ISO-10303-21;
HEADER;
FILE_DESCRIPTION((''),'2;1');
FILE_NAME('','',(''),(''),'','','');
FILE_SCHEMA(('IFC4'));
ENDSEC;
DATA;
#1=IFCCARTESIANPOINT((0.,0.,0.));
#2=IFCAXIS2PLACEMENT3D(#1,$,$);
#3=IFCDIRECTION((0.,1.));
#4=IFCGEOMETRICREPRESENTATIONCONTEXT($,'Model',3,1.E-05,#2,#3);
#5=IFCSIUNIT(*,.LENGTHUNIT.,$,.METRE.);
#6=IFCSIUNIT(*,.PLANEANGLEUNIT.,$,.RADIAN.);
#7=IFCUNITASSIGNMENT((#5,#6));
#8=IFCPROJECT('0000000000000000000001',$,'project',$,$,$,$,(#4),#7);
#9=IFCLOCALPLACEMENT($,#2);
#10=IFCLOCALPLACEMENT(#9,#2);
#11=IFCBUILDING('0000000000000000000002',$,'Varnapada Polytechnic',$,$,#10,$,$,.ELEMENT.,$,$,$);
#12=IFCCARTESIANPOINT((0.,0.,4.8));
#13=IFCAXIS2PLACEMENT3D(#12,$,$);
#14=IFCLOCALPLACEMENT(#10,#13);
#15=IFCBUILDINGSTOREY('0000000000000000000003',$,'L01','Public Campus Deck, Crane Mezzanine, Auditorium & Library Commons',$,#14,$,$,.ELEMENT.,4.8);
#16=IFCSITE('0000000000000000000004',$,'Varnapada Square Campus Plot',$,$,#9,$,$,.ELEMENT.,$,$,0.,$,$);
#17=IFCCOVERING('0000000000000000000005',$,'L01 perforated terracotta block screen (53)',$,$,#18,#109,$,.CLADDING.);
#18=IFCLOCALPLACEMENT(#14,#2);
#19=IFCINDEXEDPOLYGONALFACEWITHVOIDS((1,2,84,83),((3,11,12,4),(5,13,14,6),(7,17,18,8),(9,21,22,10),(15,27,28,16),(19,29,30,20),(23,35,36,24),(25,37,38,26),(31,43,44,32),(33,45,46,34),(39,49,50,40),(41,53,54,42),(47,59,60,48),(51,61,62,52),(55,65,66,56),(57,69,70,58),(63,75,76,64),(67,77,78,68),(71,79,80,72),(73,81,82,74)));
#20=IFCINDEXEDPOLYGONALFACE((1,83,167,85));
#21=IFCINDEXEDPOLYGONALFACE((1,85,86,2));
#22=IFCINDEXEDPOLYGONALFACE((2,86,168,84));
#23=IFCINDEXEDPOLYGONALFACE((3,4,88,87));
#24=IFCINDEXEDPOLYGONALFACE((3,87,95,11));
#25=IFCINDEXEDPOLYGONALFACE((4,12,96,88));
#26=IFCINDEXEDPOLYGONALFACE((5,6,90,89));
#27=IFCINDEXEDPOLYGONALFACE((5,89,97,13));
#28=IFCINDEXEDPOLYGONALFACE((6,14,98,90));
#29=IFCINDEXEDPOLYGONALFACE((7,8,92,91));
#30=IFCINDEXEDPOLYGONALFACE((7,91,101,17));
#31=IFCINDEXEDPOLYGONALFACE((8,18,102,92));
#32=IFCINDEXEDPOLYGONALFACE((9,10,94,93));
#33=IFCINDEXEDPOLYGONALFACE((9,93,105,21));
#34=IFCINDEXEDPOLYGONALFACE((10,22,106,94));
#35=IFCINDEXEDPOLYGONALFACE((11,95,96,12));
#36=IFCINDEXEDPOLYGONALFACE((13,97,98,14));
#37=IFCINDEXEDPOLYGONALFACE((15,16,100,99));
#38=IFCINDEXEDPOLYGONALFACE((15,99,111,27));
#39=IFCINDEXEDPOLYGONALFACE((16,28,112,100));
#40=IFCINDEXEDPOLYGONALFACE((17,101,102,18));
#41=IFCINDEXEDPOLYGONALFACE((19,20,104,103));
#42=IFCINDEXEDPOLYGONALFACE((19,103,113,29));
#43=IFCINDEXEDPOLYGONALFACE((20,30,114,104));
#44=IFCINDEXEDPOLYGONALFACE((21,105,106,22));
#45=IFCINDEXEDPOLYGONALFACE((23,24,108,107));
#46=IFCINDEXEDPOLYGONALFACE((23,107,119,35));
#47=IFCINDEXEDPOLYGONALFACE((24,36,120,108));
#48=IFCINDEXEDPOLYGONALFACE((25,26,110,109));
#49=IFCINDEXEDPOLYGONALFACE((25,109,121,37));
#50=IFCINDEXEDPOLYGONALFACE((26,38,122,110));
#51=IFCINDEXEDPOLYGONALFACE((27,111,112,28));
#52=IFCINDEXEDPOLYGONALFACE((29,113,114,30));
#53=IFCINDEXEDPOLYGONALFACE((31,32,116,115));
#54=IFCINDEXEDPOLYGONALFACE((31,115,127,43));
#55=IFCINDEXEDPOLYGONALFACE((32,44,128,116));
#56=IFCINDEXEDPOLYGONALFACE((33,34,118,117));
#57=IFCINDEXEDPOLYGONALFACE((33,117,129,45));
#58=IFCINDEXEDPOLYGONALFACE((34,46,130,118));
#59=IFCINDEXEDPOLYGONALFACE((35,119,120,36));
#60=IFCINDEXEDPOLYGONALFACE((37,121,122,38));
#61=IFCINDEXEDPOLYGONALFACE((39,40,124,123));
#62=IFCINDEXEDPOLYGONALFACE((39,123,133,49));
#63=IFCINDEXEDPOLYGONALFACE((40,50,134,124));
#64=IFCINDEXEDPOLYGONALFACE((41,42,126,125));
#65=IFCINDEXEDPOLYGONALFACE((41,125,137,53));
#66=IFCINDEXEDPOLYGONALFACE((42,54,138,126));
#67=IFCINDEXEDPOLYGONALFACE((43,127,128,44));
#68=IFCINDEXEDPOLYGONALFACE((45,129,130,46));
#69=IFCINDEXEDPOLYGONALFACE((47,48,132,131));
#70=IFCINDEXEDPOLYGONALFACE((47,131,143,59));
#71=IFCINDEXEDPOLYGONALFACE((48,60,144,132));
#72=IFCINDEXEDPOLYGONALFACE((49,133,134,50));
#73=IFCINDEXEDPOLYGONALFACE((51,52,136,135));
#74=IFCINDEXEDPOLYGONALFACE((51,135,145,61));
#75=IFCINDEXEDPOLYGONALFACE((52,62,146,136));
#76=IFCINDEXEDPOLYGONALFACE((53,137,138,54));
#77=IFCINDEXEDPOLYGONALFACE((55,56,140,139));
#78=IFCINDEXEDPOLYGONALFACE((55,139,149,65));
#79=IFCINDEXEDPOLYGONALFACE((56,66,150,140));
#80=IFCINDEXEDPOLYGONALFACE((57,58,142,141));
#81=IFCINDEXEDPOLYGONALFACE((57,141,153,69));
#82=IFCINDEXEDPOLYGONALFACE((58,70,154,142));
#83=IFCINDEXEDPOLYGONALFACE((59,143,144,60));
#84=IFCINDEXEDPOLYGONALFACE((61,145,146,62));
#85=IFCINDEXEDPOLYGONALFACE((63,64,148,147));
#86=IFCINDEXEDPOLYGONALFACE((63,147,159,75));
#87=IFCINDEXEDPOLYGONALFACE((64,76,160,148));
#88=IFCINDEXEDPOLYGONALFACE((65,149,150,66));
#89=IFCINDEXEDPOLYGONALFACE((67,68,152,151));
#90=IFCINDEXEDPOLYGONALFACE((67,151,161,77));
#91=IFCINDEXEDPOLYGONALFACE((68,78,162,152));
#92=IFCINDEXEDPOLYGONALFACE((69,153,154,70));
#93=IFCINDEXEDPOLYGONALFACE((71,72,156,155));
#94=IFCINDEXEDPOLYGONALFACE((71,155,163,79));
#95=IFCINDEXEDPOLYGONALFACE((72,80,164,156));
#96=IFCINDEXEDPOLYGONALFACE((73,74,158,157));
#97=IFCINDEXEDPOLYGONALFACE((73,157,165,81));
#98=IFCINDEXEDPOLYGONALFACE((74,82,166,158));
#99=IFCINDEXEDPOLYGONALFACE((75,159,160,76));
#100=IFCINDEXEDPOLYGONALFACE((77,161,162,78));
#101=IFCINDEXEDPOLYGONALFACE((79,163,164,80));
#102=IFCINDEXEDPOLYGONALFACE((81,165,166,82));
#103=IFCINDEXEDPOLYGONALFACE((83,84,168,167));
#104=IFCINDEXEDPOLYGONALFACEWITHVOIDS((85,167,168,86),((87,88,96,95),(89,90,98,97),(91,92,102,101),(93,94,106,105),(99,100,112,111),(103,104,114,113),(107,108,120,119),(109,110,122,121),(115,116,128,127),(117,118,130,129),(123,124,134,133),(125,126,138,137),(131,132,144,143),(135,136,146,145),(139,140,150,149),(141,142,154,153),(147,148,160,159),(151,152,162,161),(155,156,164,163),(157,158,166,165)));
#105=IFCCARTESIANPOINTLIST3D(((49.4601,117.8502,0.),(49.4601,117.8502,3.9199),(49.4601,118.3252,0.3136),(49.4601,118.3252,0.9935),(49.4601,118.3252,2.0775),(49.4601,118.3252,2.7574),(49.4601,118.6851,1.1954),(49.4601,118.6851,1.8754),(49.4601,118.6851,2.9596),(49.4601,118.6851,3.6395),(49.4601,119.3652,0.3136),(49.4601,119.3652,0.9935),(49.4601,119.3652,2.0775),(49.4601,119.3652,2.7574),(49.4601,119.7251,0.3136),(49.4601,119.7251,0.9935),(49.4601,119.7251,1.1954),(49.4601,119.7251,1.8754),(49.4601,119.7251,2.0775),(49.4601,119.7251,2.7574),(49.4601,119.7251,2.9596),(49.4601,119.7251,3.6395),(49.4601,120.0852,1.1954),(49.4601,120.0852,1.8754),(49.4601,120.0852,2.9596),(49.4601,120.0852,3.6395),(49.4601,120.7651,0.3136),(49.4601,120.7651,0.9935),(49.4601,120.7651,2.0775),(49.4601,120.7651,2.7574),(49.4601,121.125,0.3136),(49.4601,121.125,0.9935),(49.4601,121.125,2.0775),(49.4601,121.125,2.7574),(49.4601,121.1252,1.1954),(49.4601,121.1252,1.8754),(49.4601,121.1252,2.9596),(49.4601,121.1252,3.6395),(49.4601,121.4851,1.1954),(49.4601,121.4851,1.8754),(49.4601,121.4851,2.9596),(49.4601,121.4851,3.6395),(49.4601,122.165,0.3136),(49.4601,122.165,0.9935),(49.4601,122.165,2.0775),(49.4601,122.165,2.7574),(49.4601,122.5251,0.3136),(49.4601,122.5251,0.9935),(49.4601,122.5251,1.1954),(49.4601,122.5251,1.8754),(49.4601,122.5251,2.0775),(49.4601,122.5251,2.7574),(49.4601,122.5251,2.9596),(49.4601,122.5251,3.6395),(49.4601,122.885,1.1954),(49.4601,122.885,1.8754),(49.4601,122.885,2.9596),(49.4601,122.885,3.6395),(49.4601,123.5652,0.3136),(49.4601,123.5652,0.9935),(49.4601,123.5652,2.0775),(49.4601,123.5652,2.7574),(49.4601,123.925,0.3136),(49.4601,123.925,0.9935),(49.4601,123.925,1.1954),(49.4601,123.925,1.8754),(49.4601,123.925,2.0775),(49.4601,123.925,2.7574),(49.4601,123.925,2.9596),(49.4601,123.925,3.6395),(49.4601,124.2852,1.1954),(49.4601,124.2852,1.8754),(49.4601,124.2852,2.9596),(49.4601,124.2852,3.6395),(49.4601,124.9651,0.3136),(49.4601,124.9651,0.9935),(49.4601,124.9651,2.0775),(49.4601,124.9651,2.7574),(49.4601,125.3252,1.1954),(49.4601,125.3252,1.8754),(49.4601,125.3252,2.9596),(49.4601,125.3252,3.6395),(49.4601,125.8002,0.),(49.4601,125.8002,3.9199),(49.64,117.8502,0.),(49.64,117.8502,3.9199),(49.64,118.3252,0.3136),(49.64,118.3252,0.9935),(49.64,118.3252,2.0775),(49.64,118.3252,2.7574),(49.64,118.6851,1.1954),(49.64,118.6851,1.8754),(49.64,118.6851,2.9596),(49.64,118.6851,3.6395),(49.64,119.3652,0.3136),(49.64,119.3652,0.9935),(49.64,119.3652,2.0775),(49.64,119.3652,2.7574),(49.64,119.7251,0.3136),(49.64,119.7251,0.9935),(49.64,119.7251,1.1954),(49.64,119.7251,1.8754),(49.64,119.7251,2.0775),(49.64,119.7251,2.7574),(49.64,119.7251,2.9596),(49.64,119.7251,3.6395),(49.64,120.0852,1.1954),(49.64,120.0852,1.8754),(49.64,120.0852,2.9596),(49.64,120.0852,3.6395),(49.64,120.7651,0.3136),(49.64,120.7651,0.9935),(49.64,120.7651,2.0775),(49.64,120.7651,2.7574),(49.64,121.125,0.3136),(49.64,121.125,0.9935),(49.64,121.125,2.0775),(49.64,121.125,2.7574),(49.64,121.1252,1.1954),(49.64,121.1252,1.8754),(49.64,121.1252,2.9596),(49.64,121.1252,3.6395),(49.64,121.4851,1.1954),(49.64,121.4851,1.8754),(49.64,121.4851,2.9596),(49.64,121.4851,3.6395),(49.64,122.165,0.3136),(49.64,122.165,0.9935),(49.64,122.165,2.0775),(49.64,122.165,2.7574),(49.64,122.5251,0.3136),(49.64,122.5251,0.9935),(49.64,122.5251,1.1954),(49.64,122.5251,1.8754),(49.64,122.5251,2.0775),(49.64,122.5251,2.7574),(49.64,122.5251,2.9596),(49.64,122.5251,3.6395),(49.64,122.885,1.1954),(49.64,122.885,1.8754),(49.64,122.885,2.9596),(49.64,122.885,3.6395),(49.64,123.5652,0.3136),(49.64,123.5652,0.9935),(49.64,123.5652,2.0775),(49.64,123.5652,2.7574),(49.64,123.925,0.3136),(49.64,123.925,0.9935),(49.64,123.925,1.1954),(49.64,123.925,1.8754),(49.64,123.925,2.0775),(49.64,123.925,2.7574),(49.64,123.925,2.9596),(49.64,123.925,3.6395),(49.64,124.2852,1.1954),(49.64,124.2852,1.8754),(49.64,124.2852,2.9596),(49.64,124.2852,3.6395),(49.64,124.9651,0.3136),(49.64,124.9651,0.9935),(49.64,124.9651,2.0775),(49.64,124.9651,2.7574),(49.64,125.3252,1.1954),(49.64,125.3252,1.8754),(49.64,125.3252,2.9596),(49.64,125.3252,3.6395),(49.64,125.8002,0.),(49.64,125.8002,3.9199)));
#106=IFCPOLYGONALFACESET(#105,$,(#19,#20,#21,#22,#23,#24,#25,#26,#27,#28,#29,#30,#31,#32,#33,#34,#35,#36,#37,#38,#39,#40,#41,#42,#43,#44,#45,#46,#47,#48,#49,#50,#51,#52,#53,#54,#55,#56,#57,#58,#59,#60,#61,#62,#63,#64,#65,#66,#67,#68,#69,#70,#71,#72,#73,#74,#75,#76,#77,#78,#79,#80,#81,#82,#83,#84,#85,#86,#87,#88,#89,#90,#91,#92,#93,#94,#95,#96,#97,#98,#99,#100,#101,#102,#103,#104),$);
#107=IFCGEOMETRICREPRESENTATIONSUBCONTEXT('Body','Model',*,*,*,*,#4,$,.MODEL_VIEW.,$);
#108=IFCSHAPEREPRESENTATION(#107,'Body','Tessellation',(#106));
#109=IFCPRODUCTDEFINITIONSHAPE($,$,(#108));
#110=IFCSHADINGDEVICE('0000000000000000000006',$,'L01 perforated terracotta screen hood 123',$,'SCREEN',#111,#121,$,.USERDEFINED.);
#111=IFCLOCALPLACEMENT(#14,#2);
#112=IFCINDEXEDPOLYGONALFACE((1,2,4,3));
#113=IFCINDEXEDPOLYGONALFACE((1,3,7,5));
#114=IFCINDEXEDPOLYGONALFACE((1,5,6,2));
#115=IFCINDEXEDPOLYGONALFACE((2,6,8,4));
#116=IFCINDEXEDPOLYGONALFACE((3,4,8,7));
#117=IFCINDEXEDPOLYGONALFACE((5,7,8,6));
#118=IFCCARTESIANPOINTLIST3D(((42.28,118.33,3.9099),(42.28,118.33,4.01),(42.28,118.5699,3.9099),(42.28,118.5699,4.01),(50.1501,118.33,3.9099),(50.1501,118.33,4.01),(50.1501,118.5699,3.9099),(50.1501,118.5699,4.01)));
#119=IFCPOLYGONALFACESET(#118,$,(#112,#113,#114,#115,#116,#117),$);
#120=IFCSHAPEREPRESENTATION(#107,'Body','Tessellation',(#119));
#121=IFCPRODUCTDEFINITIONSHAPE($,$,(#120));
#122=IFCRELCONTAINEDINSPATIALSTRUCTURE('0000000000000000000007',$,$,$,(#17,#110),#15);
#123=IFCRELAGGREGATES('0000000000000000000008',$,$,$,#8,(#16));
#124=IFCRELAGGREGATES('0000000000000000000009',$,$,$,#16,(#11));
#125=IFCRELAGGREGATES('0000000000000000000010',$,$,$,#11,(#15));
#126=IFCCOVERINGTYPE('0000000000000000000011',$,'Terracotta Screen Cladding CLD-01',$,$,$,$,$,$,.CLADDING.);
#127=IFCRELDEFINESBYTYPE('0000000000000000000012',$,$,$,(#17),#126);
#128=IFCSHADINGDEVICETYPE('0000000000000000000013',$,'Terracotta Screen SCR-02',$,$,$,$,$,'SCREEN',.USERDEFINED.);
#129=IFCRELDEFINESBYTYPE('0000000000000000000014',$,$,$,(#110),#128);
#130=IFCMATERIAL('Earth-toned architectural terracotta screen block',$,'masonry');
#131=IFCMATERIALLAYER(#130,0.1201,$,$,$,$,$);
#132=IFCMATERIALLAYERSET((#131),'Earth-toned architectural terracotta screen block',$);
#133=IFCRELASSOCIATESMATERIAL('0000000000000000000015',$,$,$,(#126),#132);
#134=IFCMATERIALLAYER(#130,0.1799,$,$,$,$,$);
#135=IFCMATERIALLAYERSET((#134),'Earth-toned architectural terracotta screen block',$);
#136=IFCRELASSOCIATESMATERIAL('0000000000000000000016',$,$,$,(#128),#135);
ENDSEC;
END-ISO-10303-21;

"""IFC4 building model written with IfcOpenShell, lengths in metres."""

from ifc_helpers import new_model, si_unit, direction, frame, frame_2d, origin, origin_2d, place, context, subcontext, project, spatial, rectangle, extrude, material, layer, layer_set, type_object, element, save


model = new_model("IFC4")

# Units and contexts
model_context = context("Model", 3, precision=1e-05, world=origin(), true_north=direction((0.0, 1.0)))
body_context = subcontext(model_context, "Body", "Model", "MODEL_VIEW")
ifc_project = project(units=[si_unit("LENGTHUNIT", "METRE"), si_unit("PLANEANGLEUNIT", "RADIAN")], contexts=[model_context])

# Site, building, storey
site_placement = place(None, origin())
site = spatial("IfcSite", under=ifc_project, at=site_placement, Name="Varnapada Square Campus Plot", CompositionType="ELEMENT", RefElevation=0.0)
building_placement = place(site_placement, origin())
building = spatial("IfcBuilding", under=site, at=building_placement, Name="Varnapada Polytechnic", CompositionType="ELEMENT")
storey_placement = place(building_placement, frame((0.0, 0.0, 4.8)))
storey = spatial("IfcBuildingStorey", under=building, at=storey_placement, Name="L01", Description="Public Campus Deck, Crane Mezzanine, Auditorium & Library Commons", CompositionType="ELEMENT", Elevation=4.8)

# Covering, openings
ifc_material_1 = material(Name="Earth-toned architectural terracotta screen block", Category="masonry")
ifc_layer_1 = layer(ifc_material_1, 0.1201)
ifc_layer_set_1 = layer_set([ifc_layer_1], Name="Earth-toned architectural terracotta screen block")
covering_type = type_object("IfcCoveringType", Name="Terracotta Screen Cladding CLD-01", PredefinedType="CLADDING", material=ifc_layer_set_1)
covering_placement = place(storey_placement, frame((49.55, 117.8501, 0.0), z_axis=(0.0, 0.0, 1.0), x_axis=(0.0, 1.0, 0.0)))
covering = element("IfcCovering", 1, at=covering_placement, inside=storey, type_object=covering_type, Name="L01 perforated terracotta block screen (53)", PredefinedType="CLADDING", context=body_context, shape_type="SweptSolid", body=[
    extrude(rectangle(XDim=7.95, YDim=0.1799, at=frame_2d((3.9751, 0.0))), origin(), (0.0, 0.0, 1.0), 3.9199),
])
opening_1_placement = place(covering_placement, frame((0.4751, 0.0, 0.3137)))
element("IfcOpeningElement", 2, at=opening_1_placement, cuts=covering, PredefinedType="OPENING", context=body_context, shape_type="SweptSolid", body=[
    extrude(rectangle(XDim=1.04, YDim=0.6799, at=frame_2d((0.52, 0.3398))), frame((0.0, 0.0999, 0.0), z_axis=(0.0, -1.0, 0.0), x_axis=(1.0, 0.0, 0.0)), (0.0, 0.0, 1.0), 0.2),
])
opening_2_placement = place(covering_placement, frame((1.875, 0.0, 0.3137)))
element("IfcOpeningElement", 3, at=opening_2_placement, cuts=covering, PredefinedType="OPENING", context=body_context, shape_type="SweptSolid", body=[
    extrude(rectangle(XDim=1.04, YDim=0.6799, at=frame_2d((0.52, 0.3398))), frame((0.0, 0.0999, 0.0), z_axis=(0.0, -1.0, 0.0), x_axis=(1.0, 0.0, 0.0)), (0.0, 0.0, 1.0), 0.2),
])
opening_3_placement = place(covering_placement, frame((3.2749, 0.0, 0.3137)))
element("IfcOpeningElement", 4, at=opening_3_placement, cuts=covering, PredefinedType="OPENING", context=body_context, shape_type="SweptSolid", body=[
    extrude(rectangle(XDim=1.04, YDim=0.6799, at=frame_2d((0.52, 0.3398))), frame((0.0, 0.0999, 0.0), z_axis=(0.0, -1.0, 0.0), x_axis=(1.0, 0.0, 0.0)), (0.0, 0.0, 1.0), 0.2),
])
opening_4_placement = place(covering_placement, frame((4.675, 0.0, 0.3137)))
element("IfcOpeningElement", 5, at=opening_4_placement, cuts=covering, PredefinedType="OPENING", context=body_context, shape_type="SweptSolid", body=[
    extrude(rectangle(XDim=1.04, YDim=0.6799, at=frame_2d((0.52, 0.3398))), frame((0.0, 0.0999, 0.0), z_axis=(0.0, -1.0, 0.0), x_axis=(1.0, 0.0, 0.0)), (0.0, 0.0, 1.0), 0.2),
])
opening_5_placement = place(covering_placement, frame((6.075, 0.0, 0.3137)))
element("IfcOpeningElement", 6, at=opening_5_placement, cuts=covering, PredefinedType="OPENING", context=body_context, shape_type="SweptSolid", body=[
    extrude(rectangle(XDim=1.04, YDim=0.6799, at=frame_2d((0.52, 0.3398))), frame((0.0, 0.0999, 0.0), z_axis=(0.0, -1.0, 0.0), x_axis=(1.0, 0.0, 0.0)), (0.0, 0.0, 1.0), 0.2),
])
opening_6_placement = place(covering_placement, frame((0.835, 0.0, 1.1956)))
element("IfcOpeningElement", 7, at=opening_6_placement, cuts=covering, PredefinedType="OPENING", context=body_context, shape_type="SweptSolid", body=[
    extrude(rectangle(XDim=1.04, YDim=0.6799, at=frame_2d((0.52, 0.3398))), frame((0.0, 0.0999, 0.0), z_axis=(0.0, -1.0, 0.0), x_axis=(1.0, 0.0, 0.0)), (0.0, 0.0, 1.0), 0.2),
])
opening_7_placement = place(covering_placement, frame((2.2351, 0.0, 1.1956)))
element("IfcOpeningElement", 8, at=opening_7_placement, cuts=covering, PredefinedType="OPENING", context=body_context, shape_type="SweptSolid", body=[
    extrude(rectangle(XDim=1.04, YDim=0.6799, at=frame_2d((0.52, 0.3398))), frame((0.0, 0.0999, 0.0), z_axis=(0.0, -1.0, 0.0), x_axis=(1.0, 0.0, 0.0)), (0.0, 0.0, 1.0), 0.2),
])
opening_8_placement = place(covering_placement, frame((3.635, 0.0, 1.1956)))
element("IfcOpeningElement", 9, at=opening_8_placement, cuts=covering, PredefinedType="OPENING", context=body_context, shape_type="SweptSolid", body=[
    extrude(rectangle(XDim=1.04, YDim=0.6799, at=frame_2d((0.52, 0.3398))), frame((0.0, 0.0999, 0.0), z_axis=(0.0, -1.0, 0.0), x_axis=(1.0, 0.0, 0.0)), (0.0, 0.0, 1.0), 0.2),
])
opening_9_placement = place(covering_placement, frame((5.0349, 0.0, 1.1956)))
element("IfcOpeningElement", 10, at=opening_9_placement, cuts=covering, PredefinedType="OPENING", context=body_context, shape_type="SweptSolid", body=[
    extrude(rectangle(XDim=1.04, YDim=0.6799, at=frame_2d((0.52, 0.3398))), frame((0.0, 0.0999, 0.0), z_axis=(0.0, -1.0, 0.0), x_axis=(1.0, 0.0, 0.0)), (0.0, 0.0, 1.0), 0.2),
])
opening_10_placement = place(covering_placement, frame((6.4351, 0.0, 1.1956)))
element("IfcOpeningElement", 11, at=opening_10_placement, cuts=covering, PredefinedType="OPENING", context=body_context, shape_type="SweptSolid", body=[
    extrude(rectangle(XDim=1.04, YDim=0.6799, at=frame_2d((0.52, 0.3398))), frame((0.0, 0.0999, 0.0), z_axis=(0.0, -1.0, 0.0), x_axis=(1.0, 0.0, 0.0)), (0.0, 0.0, 1.0), 0.2),
])
opening_11_placement = place(covering_placement, frame((0.4751, 0.0, 2.0776)))
element("IfcOpeningElement", 12, at=opening_11_placement, cuts=covering, PredefinedType="OPENING", context=body_context, shape_type="SweptSolid", body=[
    extrude(rectangle(XDim=1.04, YDim=0.6799, at=frame_2d((0.52, 0.3398))), frame((0.0, 0.0999, 0.0), z_axis=(0.0, -1.0, 0.0), x_axis=(1.0, 0.0, 0.0)), (0.0, 0.0, 1.0), 0.2),
])
opening_12_placement = place(covering_placement, frame((1.875, 0.0, 2.0776)))
element("IfcOpeningElement", 13, at=opening_12_placement, cuts=covering, PredefinedType="OPENING", context=body_context, shape_type="SweptSolid", body=[
    extrude(rectangle(XDim=1.04, YDim=0.6799, at=frame_2d((0.52, 0.3398))), frame((0.0, 0.0999, 0.0), z_axis=(0.0, -1.0, 0.0), x_axis=(1.0, 0.0, 0.0)), (0.0, 0.0, 1.0), 0.2),
])
opening_13_placement = place(covering_placement, frame((3.2749, 0.0, 2.0776)))
element("IfcOpeningElement", 14, at=opening_13_placement, cuts=covering, PredefinedType="OPENING", context=body_context, shape_type="SweptSolid", body=[
    extrude(rectangle(XDim=1.04, YDim=0.6799, at=frame_2d((0.52, 0.3398))), frame((0.0, 0.0999, 0.0), z_axis=(0.0, -1.0, 0.0), x_axis=(1.0, 0.0, 0.0)), (0.0, 0.0, 1.0), 0.2),
])
opening_14_placement = place(covering_placement, frame((4.675, 0.0, 2.0776)))
element("IfcOpeningElement", 15, at=opening_14_placement, cuts=covering, PredefinedType="OPENING", context=body_context, shape_type="SweptSolid", body=[
    extrude(rectangle(XDim=1.04, YDim=0.6799, at=frame_2d((0.52, 0.3398))), frame((0.0, 0.0999, 0.0), z_axis=(0.0, -1.0, 0.0), x_axis=(1.0, 0.0, 0.0)), (0.0, 0.0, 1.0), 0.2),
])
opening_15_placement = place(covering_placement, frame((6.075, 0.0, 2.0776)))
element("IfcOpeningElement", 16, at=opening_15_placement, cuts=covering, PredefinedType="OPENING", context=body_context, shape_type="SweptSolid", body=[
    extrude(rectangle(XDim=1.04, YDim=0.6799, at=frame_2d((0.52, 0.3398))), frame((0.0, 0.0999, 0.0), z_axis=(0.0, -1.0, 0.0), x_axis=(1.0, 0.0, 0.0)), (0.0, 0.0, 1.0), 0.2),
])
opening_16_placement = place(covering_placement, frame((0.835, 0.0, 2.9597)))
element("IfcOpeningElement", 17, at=opening_16_placement, cuts=covering, PredefinedType="OPENING", context=body_context, shape_type="SweptSolid", body=[
    extrude(rectangle(XDim=1.04, YDim=0.6799, at=frame_2d((0.52, 0.3398))), frame((0.0, 0.0999, 0.0), z_axis=(0.0, -1.0, 0.0), x_axis=(1.0, 0.0, 0.0)), (0.0, 0.0, 1.0), 0.2),
])
opening_17_placement = place(covering_placement, frame((2.2351, 0.0, 2.9597)))
element("IfcOpeningElement", 18, at=opening_17_placement, cuts=covering, PredefinedType="OPENING", context=body_context, shape_type="SweptSolid", body=[
    extrude(rectangle(XDim=1.04, YDim=0.6799, at=frame_2d((0.52, 0.3398))), frame((0.0, 0.0999, 0.0), z_axis=(0.0, -1.0, 0.0), x_axis=(1.0, 0.0, 0.0)), (0.0, 0.0, 1.0), 0.2),
])
opening_18_placement = place(covering_placement, frame((3.635, 0.0, 2.9597)))
element("IfcOpeningElement", 19, at=opening_18_placement, cuts=covering, PredefinedType="OPENING", context=body_context, shape_type="SweptSolid", body=[
    extrude(rectangle(XDim=1.04, YDim=0.6799, at=frame_2d((0.52, 0.3398))), frame((0.0, 0.0999, 0.0), z_axis=(0.0, -1.0, 0.0), x_axis=(1.0, 0.0, 0.0)), (0.0, 0.0, 1.0), 0.2),
])
opening_19_placement = place(covering_placement, frame((5.0349, 0.0, 2.9597)))
element("IfcOpeningElement", 20, at=opening_19_placement, cuts=covering, PredefinedType="OPENING", context=body_context, shape_type="SweptSolid", body=[
    extrude(rectangle(XDim=1.04, YDim=0.6799, at=frame_2d((0.52, 0.3398))), frame((0.0, 0.0999, 0.0), z_axis=(0.0, -1.0, 0.0), x_axis=(1.0, 0.0, 0.0)), (0.0, 0.0, 1.0), 0.2),
])
opening_20_placement = place(covering_placement, frame((6.4351, 0.0, 2.9597)))
element("IfcOpeningElement", 21, at=opening_20_placement, cuts=covering, PredefinedType="OPENING", context=body_context, shape_type="SweptSolid", body=[
    extrude(rectangle(XDim=1.04, YDim=0.6799, at=frame_2d((0.52, 0.3398))), frame((0.0, 0.0999, 0.0), z_axis=(0.0, -1.0, 0.0), x_axis=(1.0, 0.0, 0.0)), (0.0, 0.0, 1.0), 0.2),
])

# Shading device
ifc_layer_2 = layer(ifc_material_1, 0.1799)
ifc_layer_set_2 = layer_set([ifc_layer_2], Name="Earth-toned architectural terracotta screen block")
shading_device_type = type_object("IfcShadingDeviceType", Name="Terracotta Screen SCR-02", ElementType="SCREEN", PredefinedType="USERDEFINED", material=ifc_layer_set_2)
shading_device_placement = place(storey_placement, frame((46.2151, 118.45, 3.9099), z_axis=(0.0, 0.0, 1.0), x_axis=(1.0, 0.0, 0.0)))
element("IfcShadingDevice", 22, at=shading_device_placement, inside=storey, type_object=shading_device_type, Name="L01 perforated terracotta screen hood 123", ObjectType="SCREEN", PredefinedType="USERDEFINED", context=body_context, shape_type="SweptSolid", body=[
    extrude(rectangle(XDim=7.8701, YDim=0.24, at=origin_2d()), origin(), (0.0, 0.0, 1.0), 0.1001),
])

save(model, "model.ifc")
